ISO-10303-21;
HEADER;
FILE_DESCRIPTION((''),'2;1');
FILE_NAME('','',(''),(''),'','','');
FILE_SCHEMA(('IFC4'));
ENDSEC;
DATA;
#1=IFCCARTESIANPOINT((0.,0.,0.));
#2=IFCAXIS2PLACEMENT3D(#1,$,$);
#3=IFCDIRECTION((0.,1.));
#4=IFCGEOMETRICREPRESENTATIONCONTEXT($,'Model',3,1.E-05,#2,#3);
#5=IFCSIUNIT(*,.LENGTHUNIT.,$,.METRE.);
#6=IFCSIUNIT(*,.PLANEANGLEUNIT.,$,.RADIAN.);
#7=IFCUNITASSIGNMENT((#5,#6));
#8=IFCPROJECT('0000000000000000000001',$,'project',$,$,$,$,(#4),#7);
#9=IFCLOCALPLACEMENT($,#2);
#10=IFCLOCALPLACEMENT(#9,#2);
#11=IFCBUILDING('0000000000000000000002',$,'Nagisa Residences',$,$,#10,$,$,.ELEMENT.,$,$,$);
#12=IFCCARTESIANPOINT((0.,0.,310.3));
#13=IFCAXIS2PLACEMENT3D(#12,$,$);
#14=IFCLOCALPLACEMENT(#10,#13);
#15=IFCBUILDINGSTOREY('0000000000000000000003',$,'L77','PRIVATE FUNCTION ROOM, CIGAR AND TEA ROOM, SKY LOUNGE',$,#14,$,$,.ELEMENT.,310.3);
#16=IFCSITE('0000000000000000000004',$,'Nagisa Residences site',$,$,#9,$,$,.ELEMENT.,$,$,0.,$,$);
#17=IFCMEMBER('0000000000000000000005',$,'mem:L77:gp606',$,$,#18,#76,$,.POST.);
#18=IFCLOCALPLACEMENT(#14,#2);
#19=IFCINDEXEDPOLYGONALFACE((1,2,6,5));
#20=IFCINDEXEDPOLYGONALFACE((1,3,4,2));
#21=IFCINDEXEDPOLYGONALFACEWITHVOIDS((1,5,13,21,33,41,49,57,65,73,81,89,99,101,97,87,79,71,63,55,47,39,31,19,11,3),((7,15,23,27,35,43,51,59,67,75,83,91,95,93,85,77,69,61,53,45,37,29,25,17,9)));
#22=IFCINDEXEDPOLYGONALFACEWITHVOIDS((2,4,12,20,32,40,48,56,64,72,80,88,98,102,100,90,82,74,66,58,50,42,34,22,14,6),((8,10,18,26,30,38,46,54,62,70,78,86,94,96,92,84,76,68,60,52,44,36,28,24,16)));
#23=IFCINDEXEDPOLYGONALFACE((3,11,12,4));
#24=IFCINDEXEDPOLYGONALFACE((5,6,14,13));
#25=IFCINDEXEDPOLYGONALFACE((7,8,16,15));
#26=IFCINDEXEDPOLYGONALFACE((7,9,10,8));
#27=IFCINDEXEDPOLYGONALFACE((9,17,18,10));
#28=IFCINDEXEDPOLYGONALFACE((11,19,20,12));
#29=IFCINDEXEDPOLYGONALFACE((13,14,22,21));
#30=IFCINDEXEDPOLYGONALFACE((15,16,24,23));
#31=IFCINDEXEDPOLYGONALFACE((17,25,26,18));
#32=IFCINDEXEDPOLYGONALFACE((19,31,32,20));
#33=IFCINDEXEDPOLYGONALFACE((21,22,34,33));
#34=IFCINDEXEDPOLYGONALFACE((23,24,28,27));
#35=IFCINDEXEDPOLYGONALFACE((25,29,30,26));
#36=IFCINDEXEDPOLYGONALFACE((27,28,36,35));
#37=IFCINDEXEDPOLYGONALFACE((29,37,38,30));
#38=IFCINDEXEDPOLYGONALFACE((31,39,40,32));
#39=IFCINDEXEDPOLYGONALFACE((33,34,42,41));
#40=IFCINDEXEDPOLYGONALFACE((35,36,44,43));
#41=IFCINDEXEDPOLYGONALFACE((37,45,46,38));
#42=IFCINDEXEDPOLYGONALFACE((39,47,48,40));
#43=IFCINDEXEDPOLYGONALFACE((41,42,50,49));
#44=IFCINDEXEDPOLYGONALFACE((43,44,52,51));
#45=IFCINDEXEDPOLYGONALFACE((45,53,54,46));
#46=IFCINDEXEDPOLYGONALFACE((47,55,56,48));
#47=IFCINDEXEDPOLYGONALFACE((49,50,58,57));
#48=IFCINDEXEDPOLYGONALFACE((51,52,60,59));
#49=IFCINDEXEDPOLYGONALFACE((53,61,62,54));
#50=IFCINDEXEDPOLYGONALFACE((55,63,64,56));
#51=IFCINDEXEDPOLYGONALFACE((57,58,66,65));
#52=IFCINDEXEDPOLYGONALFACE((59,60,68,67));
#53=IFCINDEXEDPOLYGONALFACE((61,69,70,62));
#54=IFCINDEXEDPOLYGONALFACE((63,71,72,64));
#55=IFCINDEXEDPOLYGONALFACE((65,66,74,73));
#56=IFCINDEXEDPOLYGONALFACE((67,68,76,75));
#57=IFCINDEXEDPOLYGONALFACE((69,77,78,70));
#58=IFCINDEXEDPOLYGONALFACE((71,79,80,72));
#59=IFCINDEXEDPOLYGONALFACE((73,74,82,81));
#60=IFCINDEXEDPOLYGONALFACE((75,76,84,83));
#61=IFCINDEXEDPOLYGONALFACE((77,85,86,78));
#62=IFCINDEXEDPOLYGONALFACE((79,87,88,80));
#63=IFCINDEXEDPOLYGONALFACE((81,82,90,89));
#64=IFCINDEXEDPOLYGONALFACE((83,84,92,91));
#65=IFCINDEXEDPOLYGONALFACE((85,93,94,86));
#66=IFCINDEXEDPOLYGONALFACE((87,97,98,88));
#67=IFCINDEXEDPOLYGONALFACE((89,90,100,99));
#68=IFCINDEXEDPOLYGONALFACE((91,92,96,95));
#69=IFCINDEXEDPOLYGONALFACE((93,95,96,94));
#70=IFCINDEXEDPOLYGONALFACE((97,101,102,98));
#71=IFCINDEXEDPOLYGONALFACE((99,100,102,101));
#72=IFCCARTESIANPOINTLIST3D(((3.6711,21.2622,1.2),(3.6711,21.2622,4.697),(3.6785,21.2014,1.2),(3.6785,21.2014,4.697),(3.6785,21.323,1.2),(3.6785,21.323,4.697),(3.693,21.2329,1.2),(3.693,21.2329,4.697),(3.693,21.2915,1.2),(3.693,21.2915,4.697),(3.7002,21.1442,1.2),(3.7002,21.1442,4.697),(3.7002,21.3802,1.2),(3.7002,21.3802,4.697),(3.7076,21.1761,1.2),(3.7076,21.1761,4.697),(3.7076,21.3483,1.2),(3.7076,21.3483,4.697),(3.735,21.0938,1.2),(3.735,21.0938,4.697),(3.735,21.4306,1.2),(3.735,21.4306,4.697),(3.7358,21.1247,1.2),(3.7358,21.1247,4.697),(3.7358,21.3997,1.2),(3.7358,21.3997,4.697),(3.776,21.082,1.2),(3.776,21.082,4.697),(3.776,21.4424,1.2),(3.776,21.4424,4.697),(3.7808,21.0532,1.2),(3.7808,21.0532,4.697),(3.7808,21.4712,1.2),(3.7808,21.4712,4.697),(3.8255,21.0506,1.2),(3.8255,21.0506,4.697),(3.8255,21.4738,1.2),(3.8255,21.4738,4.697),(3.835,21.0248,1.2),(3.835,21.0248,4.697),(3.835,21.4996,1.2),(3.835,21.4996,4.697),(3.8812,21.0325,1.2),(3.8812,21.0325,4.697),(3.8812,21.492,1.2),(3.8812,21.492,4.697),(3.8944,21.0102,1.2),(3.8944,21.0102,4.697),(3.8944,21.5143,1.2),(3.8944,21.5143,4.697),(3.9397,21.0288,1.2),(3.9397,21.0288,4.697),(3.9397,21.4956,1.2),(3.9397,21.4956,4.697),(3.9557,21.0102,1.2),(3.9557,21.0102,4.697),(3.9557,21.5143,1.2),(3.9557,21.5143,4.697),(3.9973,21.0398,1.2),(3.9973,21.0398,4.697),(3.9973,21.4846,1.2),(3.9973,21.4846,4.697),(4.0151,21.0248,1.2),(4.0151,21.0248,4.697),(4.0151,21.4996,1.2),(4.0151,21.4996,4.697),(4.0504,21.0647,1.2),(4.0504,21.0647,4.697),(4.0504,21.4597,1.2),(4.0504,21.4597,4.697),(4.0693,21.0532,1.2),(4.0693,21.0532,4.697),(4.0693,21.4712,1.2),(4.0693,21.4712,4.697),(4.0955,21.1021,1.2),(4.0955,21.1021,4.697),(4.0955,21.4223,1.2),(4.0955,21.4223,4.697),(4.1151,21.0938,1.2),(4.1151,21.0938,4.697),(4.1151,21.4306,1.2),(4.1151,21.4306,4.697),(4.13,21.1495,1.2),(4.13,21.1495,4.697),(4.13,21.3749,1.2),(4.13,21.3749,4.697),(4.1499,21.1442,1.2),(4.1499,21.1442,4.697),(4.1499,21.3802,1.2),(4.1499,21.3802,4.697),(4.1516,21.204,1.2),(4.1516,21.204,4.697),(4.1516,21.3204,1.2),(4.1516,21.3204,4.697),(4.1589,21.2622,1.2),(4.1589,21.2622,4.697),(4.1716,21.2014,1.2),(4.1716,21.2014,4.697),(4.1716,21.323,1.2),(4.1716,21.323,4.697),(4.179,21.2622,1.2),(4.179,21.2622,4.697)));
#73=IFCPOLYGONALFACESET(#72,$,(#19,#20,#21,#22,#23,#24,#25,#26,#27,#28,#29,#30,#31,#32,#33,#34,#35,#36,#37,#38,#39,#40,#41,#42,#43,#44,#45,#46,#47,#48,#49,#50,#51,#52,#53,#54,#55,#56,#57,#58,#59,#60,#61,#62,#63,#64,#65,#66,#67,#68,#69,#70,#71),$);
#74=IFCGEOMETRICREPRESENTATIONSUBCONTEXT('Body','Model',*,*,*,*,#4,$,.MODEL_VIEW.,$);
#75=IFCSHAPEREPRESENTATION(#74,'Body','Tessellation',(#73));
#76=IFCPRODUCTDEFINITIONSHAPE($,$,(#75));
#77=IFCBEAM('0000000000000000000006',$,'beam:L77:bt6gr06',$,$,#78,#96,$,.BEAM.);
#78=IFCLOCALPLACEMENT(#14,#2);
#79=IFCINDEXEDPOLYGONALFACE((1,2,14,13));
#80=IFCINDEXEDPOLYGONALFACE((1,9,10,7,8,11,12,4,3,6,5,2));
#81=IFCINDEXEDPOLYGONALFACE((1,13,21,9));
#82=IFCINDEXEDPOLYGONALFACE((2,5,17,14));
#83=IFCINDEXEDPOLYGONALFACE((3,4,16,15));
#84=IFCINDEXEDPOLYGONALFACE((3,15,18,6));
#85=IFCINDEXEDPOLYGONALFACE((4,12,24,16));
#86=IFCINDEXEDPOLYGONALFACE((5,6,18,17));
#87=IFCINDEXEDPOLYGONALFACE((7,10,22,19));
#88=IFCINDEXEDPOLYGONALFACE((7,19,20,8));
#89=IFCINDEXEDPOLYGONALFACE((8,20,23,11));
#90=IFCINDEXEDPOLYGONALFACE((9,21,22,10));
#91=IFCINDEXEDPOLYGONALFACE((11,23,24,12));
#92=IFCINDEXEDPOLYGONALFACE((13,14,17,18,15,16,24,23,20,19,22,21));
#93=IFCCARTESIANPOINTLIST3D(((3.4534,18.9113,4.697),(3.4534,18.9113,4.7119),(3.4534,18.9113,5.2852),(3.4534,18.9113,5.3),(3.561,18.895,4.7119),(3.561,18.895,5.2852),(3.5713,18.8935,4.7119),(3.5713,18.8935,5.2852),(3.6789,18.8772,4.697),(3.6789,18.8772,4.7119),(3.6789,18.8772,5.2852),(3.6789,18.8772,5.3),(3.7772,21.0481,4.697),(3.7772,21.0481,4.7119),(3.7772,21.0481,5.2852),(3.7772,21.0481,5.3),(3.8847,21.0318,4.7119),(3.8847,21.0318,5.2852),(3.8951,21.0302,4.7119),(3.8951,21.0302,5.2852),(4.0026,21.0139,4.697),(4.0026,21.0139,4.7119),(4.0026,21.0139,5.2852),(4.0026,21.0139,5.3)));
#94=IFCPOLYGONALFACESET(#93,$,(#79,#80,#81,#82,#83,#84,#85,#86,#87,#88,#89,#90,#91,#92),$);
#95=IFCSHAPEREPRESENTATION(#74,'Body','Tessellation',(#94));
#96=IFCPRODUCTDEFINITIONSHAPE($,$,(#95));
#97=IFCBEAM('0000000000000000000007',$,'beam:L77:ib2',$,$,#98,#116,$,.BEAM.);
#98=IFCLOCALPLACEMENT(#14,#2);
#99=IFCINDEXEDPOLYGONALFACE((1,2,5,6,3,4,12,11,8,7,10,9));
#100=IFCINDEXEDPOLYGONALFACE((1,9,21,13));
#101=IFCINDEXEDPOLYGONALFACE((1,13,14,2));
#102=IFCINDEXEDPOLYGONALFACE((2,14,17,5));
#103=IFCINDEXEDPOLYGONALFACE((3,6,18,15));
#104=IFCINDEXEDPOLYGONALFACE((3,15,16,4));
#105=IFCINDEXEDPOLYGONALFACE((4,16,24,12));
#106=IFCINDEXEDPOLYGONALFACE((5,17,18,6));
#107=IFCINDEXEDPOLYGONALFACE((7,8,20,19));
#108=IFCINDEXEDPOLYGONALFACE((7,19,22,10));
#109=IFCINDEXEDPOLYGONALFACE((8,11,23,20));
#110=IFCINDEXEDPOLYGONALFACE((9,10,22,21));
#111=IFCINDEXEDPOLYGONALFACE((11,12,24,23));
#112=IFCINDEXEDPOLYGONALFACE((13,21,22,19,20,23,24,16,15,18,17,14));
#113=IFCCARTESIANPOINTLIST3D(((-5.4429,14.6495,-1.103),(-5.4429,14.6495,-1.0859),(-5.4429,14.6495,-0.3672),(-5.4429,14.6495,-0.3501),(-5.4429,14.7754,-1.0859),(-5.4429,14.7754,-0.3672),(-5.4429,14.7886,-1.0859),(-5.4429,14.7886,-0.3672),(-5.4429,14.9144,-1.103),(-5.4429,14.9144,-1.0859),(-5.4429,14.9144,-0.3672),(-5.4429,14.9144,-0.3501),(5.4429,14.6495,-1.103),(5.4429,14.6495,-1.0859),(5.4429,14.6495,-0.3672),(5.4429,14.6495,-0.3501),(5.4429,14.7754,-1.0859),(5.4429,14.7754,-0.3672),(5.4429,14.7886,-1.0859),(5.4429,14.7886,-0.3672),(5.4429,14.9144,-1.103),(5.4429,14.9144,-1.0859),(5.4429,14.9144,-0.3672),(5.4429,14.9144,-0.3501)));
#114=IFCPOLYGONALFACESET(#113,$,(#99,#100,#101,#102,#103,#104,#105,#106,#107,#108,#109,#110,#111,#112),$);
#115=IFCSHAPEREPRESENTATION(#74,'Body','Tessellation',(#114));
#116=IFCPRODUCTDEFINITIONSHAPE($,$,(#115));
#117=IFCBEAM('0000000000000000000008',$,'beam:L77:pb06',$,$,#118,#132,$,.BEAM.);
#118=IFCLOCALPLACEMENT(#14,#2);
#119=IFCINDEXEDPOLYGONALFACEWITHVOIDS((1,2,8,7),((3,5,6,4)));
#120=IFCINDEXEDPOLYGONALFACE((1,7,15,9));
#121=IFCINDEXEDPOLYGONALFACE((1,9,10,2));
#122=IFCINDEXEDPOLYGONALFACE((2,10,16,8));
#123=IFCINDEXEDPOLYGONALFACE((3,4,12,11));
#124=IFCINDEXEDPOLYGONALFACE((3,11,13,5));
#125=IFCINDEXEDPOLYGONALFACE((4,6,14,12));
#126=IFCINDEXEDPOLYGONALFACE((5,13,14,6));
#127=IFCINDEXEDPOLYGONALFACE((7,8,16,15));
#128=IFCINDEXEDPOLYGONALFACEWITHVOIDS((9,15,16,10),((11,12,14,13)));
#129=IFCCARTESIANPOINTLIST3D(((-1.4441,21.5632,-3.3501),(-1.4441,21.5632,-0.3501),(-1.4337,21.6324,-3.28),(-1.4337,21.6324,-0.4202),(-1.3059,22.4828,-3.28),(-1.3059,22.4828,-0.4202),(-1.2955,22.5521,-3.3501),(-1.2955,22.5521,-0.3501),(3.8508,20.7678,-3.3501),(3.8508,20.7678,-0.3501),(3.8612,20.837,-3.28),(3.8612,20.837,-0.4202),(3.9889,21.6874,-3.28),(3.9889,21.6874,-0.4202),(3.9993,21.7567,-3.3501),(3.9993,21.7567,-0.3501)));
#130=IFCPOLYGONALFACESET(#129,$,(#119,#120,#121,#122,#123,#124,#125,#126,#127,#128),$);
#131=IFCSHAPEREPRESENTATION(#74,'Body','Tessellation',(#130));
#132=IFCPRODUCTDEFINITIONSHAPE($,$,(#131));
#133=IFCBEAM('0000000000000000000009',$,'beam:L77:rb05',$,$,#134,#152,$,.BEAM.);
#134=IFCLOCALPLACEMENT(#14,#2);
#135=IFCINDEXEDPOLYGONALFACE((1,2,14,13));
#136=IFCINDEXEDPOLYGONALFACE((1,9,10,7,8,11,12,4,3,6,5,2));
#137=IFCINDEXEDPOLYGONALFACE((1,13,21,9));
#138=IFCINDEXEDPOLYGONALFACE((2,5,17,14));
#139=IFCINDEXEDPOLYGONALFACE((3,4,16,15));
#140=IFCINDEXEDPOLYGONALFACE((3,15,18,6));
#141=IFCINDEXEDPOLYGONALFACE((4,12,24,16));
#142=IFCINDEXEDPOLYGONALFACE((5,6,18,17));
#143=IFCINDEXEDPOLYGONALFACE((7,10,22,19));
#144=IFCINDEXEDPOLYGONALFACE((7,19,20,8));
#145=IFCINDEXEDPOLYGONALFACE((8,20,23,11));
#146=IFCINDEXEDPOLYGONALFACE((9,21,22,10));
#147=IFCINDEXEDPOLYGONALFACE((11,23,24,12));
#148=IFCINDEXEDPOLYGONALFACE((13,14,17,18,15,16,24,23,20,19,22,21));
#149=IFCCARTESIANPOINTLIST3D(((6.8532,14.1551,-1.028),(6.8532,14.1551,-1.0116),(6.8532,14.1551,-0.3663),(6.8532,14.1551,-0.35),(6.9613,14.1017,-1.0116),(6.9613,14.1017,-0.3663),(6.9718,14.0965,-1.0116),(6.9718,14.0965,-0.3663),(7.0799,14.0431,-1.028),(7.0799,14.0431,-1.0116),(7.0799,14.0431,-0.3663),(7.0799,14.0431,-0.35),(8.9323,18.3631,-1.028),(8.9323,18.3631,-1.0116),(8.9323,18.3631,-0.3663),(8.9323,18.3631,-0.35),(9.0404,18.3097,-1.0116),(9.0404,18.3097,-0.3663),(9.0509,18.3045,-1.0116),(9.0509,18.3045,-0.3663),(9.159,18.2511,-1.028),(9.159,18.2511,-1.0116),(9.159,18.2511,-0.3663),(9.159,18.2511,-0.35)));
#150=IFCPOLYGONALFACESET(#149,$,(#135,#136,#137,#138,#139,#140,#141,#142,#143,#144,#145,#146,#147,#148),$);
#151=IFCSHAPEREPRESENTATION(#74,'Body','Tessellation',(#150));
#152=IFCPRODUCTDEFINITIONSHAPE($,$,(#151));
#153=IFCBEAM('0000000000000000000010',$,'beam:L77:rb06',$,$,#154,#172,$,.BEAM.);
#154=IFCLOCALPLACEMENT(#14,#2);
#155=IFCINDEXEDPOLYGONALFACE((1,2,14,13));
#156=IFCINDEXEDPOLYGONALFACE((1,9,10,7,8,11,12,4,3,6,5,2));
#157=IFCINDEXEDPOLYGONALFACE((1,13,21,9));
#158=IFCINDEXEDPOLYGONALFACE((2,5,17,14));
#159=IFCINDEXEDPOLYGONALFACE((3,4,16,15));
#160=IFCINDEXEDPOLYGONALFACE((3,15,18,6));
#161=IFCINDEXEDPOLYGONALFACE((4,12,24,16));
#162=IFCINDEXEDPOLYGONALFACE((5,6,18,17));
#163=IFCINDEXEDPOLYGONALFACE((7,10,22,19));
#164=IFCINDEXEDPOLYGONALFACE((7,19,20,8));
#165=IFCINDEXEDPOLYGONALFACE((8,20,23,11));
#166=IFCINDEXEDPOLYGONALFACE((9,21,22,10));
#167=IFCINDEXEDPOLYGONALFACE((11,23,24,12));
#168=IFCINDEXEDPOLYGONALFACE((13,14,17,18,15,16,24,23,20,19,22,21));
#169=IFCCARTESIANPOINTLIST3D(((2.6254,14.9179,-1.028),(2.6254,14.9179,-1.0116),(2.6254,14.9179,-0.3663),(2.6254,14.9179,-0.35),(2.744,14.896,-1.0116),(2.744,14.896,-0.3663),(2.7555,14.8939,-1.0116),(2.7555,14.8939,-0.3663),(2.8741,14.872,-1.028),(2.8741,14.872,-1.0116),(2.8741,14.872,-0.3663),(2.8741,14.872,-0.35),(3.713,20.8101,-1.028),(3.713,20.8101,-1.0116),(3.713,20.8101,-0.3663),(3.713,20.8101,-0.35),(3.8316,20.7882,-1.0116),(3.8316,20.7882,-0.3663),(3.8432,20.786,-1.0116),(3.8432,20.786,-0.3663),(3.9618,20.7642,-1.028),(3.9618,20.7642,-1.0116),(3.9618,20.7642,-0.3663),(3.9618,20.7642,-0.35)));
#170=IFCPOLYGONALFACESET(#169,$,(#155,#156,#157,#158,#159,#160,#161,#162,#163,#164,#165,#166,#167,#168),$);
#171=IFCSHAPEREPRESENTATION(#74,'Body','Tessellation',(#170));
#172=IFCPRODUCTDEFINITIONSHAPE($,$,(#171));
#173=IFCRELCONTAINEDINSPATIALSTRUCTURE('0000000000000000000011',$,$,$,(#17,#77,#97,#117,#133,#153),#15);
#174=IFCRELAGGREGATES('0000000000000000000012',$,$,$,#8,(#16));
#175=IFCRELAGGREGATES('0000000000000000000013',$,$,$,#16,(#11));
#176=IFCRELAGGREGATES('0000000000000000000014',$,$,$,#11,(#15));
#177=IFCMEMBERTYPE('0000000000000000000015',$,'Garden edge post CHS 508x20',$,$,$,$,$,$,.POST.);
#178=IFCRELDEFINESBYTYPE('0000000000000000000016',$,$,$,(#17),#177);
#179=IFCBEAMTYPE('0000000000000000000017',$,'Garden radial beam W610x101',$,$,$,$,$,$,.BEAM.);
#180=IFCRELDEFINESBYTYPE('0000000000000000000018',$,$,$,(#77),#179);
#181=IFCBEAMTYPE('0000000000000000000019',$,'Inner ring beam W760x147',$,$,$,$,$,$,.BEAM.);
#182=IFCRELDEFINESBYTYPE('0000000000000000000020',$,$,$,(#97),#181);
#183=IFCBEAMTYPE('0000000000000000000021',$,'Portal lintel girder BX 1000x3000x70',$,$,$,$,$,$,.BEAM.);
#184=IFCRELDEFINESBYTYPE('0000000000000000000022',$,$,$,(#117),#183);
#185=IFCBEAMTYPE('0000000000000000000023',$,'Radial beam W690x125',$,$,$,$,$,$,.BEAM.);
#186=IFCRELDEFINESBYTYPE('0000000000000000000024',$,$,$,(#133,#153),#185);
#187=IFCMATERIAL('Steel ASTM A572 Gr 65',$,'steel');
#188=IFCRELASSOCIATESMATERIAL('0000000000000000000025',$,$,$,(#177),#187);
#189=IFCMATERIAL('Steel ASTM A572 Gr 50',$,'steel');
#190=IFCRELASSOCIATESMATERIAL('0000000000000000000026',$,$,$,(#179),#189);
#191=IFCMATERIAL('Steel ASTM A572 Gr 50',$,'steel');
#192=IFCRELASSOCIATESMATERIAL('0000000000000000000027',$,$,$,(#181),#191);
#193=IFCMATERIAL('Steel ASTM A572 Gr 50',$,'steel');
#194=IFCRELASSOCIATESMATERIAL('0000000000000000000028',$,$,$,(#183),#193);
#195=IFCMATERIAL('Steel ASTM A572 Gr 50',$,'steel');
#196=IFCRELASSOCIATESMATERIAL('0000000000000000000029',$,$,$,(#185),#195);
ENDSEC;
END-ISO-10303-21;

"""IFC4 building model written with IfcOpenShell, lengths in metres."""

from ifc_helpers import new_model, si_unit, direction, frame, origin, origin_2d, place, context, subcontext, project, spatial, hollow_rectangle, hollow_circle, i_section, extrude, material, material_profile, profile_set, type_object, element, save


model = new_model("IFC4")

# Units and contexts
model_context = context("Model", 3, precision=1e-05, world=origin(), true_north=direction((0.0, 1.0)))
body_context = subcontext(model_context, "Body", "Model", "MODEL_VIEW")
ifc_project = project(units=[si_unit("LENGTHUNIT", "METRE"), si_unit("PLANEANGLEUNIT", "RADIAN")], contexts=[model_context])

# Site, building, storey
site_placement = place(None, origin())
site = spatial("IfcSite", under=ifc_project, at=site_placement, Name="Nagisa Residences site", CompositionType="ELEMENT", RefElevation=0.0)
building_placement = place(site_placement, origin())
building = spatial("IfcBuilding", under=site, at=building_placement, Name="Nagisa Residences", CompositionType="ELEMENT")
storey_placement = place(building_placement, frame((0.0, 0.0, 310.3)))
storey = spatial("IfcBuildingStorey", under=building, at=storey_placement, Name="L77", Description="PRIVATE FUNCTION ROOM, CIGAR AND TEA ROOM, SKY LOUNGE", CompositionType="ELEMENT", Elevation=310.3)

# Member
ifc_material_1 = material(Name="Steel ASTM A572 Gr 65", Category="steel")
ifc_material_profile_1 = material_profile(ifc_material_1, hollow_circle(Radius=0.2539, WallThickness=0.02, at=origin_2d()), Name="CHS 508x20")
ifc_profile_set_1 = profile_set([ifc_material_profile_1], Name="Steel ASTM A572 Gr 65")
member_type_1 = type_object("IfcMemberType", Name="Garden edge post CHS 508x20", PredefinedType="POST", material=ifc_profile_set_1)
member_1_placement = place(storey_placement, frame((3.925, 21.2622, 1.2), z_axis=(0.0, 0.0, 1.0), x_axis=(1.0, 0.0, 0.0)))
element("IfcMember", 1, at=member_1_placement, inside=storey, type_object=member_type_1, Name="mem:L77:gp606", PredefinedType="POST", context=body_context, shape_type="SweptSolid", body=[
    extrude(hollow_circle(Radius=0.2539, WallThickness=0.02, at=origin_2d()), origin(), (0.0, 0.0, 1.0), 3.4971),
])

# Beams
ifc_material_2 = material(Name="Steel ASTM A572 Gr 50", Category="steel")
ifc_material_profile_2 = material_profile(ifc_material_2, i_section(OverallWidth=0.228, OverallDepth=0.603, WebThickness=0.0105, FlangeThickness=0.0149, at=origin_2d()), Name="W610x101")
ifc_profile_set_2 = profile_set([ifc_material_profile_2], Name="Steel ASTM A572 Gr 50")
beam_type_1 = type_object("IfcBeamType", Name="Garden radial beam W610x101", PredefinedType="BEAM", material=ifc_profile_set_2)
beam_1_placement = place(storey_placement, frame((3.8899, 21.031, 4.9985), z_axis=(-0.149799, -0.988717, 0.0), x_axis=(0.988717, -0.149799, 0.0)))
element("IfcBeam", 2, at=beam_1_placement, inside=storey, type_object=beam_type_1, Name="beam:L77:bt6gr06", PredefinedType="BEAM", context=body_context, shape_type="SweptSolid", body=[
    extrude(i_section(OverallWidth=0.228, OverallDepth=0.603, WebThickness=0.0105, FlangeThickness=0.0149, at=origin_2d()), origin(), (0.0, 0.0, 1.0), 2.1611),
])
ifc_material_3 = material(Name="Steel ASTM A572 Gr 50", Category="steel")
ifc_material_profile_3 = material_profile(ifc_material_3, i_section(OverallWidth=0.2649, OverallDepth=0.7529, WebThickness=0.0132, FlangeThickness=0.0171, at=origin_2d()), Name="W760x147")
ifc_profile_set_3 = profile_set([ifc_material_profile_3], Name="Steel ASTM A572 Gr 50")
beam_type_2 = type_object("IfcBeamType", Name="Inner ring beam W760x147", PredefinedType="BEAM", material=ifc_profile_set_3)
beam_2_placement = place(storey_placement, frame((5.4429, 14.782, -0.7266), z_axis=(-1.0, 0.0, 0.0), x_axis=(0.0, -1.0, 0.0)))
element("IfcBeam", 3, at=beam_2_placement, inside=storey, type_object=beam_type_2, Name="beam:L77:ib2", PredefinedType="BEAM", context=body_context, shape_type="SweptSolid", body=[
    extrude(i_section(OverallWidth=0.2649, OverallDepth=0.7529, WebThickness=0.0132, FlangeThickness=0.0171, at=origin_2d()), origin(), (0.0, 0.0, 1.0), 10.8857),
])
ifc_material_4 = material(Name="Steel ASTM A572 Gr 50", Category="steel")
ifc_material_profile_4 = material_profile(ifc_material_4, hollow_rectangle(XDim=1.0, YDim=3.0, WallThickness=0.0701, at=origin_2d()), Name="BX 1000x3000x70")
ifc_profile_set_4 = profile_set([ifc_material_profile_4], Name="Steel ASTM A572 Gr 50")
beam_type_3 = type_object("IfcBeamType", Name="Portal lintel girder BX 1000x3000x70", PredefinedType="BEAM", material=ifc_profile_set_4)
beam_3_placement = place(storey_placement, frame((3.925, 21.2622, -1.8501), z_axis=(-0.988904, 0.148554, 0.0), x_axis=(-0.148554, -0.988904, 0.0)))
element("IfcBeam", 4, at=beam_3_placement, inside=storey, type_object=beam_type_3, Name="beam:L77:pb06", PredefinedType="BEAM", context=body_context, shape_type="SweptSolid", body=[
    extrude(hollow_rectangle(XDim=1.0, YDim=3.0, WallThickness=0.0701, at=origin_2d()), origin(), (0.0, 0.0, 1.0), 5.3542),
])
ifc_material_5 = material(Name="Steel ASTM A572 Gr 50", Category="steel")
ifc_material_profile_5 = material_profile(ifc_material_5, i_section(OverallWidth=0.2529, OverallDepth=0.678, WebThickness=0.0117, FlangeThickness=0.0164, at=origin_2d()), Name="W690x125")
ifc_profile_set_5 = profile_set([ifc_material_profile_5], Name="Steel ASTM A572 Gr 50")
beam_type_4 = type_object("IfcBeamType", Name="Radial beam W690x125", PredefinedType="BEAM", material=ifc_profile_set_5)
beam_4_placement = place(storey_placement, frame((9.0457, 18.3071, -0.689), z_axis=(-0.442964, -0.896539, 0.0), x_axis=(0.896539, -0.442964, 0.0)))
element("IfcBeam", 5, at=beam_4_placement, inside=storey, type_object=beam_type_4, Name="beam:L77:rb05", PredefinedType="BEAM", context=body_context, shape_type="SweptSolid", body=[
    extrude(i_section(OverallWidth=0.2529, OverallDepth=0.678, WebThickness=0.0117, FlangeThickness=0.0164, at=origin_2d()), origin(), (0.0, 0.0, 1.0), 4.6936),
])
beam_5_placement = place(storey_placement, frame((3.8374, 20.7871, -0.689), z_axis=(-0.181527, -0.983386, 0.0), x_axis=(0.983386, -0.181527, 0.0)))
element("IfcBeam", 6, at=beam_5_placement, inside=storey, type_object=beam_type_4, Name="beam:L77:rb06", PredefinedType="BEAM", context=body_context, shape_type="SweptSolid", body=[
    extrude(i_section(OverallWidth=0.2529, OverallDepth=0.678, WebThickness=0.0117, FlangeThickness=0.0164, at=origin_2d()), origin(), (0.0, 0.0, 1.0), 5.9917),
])

save(model, "model.ifc")
